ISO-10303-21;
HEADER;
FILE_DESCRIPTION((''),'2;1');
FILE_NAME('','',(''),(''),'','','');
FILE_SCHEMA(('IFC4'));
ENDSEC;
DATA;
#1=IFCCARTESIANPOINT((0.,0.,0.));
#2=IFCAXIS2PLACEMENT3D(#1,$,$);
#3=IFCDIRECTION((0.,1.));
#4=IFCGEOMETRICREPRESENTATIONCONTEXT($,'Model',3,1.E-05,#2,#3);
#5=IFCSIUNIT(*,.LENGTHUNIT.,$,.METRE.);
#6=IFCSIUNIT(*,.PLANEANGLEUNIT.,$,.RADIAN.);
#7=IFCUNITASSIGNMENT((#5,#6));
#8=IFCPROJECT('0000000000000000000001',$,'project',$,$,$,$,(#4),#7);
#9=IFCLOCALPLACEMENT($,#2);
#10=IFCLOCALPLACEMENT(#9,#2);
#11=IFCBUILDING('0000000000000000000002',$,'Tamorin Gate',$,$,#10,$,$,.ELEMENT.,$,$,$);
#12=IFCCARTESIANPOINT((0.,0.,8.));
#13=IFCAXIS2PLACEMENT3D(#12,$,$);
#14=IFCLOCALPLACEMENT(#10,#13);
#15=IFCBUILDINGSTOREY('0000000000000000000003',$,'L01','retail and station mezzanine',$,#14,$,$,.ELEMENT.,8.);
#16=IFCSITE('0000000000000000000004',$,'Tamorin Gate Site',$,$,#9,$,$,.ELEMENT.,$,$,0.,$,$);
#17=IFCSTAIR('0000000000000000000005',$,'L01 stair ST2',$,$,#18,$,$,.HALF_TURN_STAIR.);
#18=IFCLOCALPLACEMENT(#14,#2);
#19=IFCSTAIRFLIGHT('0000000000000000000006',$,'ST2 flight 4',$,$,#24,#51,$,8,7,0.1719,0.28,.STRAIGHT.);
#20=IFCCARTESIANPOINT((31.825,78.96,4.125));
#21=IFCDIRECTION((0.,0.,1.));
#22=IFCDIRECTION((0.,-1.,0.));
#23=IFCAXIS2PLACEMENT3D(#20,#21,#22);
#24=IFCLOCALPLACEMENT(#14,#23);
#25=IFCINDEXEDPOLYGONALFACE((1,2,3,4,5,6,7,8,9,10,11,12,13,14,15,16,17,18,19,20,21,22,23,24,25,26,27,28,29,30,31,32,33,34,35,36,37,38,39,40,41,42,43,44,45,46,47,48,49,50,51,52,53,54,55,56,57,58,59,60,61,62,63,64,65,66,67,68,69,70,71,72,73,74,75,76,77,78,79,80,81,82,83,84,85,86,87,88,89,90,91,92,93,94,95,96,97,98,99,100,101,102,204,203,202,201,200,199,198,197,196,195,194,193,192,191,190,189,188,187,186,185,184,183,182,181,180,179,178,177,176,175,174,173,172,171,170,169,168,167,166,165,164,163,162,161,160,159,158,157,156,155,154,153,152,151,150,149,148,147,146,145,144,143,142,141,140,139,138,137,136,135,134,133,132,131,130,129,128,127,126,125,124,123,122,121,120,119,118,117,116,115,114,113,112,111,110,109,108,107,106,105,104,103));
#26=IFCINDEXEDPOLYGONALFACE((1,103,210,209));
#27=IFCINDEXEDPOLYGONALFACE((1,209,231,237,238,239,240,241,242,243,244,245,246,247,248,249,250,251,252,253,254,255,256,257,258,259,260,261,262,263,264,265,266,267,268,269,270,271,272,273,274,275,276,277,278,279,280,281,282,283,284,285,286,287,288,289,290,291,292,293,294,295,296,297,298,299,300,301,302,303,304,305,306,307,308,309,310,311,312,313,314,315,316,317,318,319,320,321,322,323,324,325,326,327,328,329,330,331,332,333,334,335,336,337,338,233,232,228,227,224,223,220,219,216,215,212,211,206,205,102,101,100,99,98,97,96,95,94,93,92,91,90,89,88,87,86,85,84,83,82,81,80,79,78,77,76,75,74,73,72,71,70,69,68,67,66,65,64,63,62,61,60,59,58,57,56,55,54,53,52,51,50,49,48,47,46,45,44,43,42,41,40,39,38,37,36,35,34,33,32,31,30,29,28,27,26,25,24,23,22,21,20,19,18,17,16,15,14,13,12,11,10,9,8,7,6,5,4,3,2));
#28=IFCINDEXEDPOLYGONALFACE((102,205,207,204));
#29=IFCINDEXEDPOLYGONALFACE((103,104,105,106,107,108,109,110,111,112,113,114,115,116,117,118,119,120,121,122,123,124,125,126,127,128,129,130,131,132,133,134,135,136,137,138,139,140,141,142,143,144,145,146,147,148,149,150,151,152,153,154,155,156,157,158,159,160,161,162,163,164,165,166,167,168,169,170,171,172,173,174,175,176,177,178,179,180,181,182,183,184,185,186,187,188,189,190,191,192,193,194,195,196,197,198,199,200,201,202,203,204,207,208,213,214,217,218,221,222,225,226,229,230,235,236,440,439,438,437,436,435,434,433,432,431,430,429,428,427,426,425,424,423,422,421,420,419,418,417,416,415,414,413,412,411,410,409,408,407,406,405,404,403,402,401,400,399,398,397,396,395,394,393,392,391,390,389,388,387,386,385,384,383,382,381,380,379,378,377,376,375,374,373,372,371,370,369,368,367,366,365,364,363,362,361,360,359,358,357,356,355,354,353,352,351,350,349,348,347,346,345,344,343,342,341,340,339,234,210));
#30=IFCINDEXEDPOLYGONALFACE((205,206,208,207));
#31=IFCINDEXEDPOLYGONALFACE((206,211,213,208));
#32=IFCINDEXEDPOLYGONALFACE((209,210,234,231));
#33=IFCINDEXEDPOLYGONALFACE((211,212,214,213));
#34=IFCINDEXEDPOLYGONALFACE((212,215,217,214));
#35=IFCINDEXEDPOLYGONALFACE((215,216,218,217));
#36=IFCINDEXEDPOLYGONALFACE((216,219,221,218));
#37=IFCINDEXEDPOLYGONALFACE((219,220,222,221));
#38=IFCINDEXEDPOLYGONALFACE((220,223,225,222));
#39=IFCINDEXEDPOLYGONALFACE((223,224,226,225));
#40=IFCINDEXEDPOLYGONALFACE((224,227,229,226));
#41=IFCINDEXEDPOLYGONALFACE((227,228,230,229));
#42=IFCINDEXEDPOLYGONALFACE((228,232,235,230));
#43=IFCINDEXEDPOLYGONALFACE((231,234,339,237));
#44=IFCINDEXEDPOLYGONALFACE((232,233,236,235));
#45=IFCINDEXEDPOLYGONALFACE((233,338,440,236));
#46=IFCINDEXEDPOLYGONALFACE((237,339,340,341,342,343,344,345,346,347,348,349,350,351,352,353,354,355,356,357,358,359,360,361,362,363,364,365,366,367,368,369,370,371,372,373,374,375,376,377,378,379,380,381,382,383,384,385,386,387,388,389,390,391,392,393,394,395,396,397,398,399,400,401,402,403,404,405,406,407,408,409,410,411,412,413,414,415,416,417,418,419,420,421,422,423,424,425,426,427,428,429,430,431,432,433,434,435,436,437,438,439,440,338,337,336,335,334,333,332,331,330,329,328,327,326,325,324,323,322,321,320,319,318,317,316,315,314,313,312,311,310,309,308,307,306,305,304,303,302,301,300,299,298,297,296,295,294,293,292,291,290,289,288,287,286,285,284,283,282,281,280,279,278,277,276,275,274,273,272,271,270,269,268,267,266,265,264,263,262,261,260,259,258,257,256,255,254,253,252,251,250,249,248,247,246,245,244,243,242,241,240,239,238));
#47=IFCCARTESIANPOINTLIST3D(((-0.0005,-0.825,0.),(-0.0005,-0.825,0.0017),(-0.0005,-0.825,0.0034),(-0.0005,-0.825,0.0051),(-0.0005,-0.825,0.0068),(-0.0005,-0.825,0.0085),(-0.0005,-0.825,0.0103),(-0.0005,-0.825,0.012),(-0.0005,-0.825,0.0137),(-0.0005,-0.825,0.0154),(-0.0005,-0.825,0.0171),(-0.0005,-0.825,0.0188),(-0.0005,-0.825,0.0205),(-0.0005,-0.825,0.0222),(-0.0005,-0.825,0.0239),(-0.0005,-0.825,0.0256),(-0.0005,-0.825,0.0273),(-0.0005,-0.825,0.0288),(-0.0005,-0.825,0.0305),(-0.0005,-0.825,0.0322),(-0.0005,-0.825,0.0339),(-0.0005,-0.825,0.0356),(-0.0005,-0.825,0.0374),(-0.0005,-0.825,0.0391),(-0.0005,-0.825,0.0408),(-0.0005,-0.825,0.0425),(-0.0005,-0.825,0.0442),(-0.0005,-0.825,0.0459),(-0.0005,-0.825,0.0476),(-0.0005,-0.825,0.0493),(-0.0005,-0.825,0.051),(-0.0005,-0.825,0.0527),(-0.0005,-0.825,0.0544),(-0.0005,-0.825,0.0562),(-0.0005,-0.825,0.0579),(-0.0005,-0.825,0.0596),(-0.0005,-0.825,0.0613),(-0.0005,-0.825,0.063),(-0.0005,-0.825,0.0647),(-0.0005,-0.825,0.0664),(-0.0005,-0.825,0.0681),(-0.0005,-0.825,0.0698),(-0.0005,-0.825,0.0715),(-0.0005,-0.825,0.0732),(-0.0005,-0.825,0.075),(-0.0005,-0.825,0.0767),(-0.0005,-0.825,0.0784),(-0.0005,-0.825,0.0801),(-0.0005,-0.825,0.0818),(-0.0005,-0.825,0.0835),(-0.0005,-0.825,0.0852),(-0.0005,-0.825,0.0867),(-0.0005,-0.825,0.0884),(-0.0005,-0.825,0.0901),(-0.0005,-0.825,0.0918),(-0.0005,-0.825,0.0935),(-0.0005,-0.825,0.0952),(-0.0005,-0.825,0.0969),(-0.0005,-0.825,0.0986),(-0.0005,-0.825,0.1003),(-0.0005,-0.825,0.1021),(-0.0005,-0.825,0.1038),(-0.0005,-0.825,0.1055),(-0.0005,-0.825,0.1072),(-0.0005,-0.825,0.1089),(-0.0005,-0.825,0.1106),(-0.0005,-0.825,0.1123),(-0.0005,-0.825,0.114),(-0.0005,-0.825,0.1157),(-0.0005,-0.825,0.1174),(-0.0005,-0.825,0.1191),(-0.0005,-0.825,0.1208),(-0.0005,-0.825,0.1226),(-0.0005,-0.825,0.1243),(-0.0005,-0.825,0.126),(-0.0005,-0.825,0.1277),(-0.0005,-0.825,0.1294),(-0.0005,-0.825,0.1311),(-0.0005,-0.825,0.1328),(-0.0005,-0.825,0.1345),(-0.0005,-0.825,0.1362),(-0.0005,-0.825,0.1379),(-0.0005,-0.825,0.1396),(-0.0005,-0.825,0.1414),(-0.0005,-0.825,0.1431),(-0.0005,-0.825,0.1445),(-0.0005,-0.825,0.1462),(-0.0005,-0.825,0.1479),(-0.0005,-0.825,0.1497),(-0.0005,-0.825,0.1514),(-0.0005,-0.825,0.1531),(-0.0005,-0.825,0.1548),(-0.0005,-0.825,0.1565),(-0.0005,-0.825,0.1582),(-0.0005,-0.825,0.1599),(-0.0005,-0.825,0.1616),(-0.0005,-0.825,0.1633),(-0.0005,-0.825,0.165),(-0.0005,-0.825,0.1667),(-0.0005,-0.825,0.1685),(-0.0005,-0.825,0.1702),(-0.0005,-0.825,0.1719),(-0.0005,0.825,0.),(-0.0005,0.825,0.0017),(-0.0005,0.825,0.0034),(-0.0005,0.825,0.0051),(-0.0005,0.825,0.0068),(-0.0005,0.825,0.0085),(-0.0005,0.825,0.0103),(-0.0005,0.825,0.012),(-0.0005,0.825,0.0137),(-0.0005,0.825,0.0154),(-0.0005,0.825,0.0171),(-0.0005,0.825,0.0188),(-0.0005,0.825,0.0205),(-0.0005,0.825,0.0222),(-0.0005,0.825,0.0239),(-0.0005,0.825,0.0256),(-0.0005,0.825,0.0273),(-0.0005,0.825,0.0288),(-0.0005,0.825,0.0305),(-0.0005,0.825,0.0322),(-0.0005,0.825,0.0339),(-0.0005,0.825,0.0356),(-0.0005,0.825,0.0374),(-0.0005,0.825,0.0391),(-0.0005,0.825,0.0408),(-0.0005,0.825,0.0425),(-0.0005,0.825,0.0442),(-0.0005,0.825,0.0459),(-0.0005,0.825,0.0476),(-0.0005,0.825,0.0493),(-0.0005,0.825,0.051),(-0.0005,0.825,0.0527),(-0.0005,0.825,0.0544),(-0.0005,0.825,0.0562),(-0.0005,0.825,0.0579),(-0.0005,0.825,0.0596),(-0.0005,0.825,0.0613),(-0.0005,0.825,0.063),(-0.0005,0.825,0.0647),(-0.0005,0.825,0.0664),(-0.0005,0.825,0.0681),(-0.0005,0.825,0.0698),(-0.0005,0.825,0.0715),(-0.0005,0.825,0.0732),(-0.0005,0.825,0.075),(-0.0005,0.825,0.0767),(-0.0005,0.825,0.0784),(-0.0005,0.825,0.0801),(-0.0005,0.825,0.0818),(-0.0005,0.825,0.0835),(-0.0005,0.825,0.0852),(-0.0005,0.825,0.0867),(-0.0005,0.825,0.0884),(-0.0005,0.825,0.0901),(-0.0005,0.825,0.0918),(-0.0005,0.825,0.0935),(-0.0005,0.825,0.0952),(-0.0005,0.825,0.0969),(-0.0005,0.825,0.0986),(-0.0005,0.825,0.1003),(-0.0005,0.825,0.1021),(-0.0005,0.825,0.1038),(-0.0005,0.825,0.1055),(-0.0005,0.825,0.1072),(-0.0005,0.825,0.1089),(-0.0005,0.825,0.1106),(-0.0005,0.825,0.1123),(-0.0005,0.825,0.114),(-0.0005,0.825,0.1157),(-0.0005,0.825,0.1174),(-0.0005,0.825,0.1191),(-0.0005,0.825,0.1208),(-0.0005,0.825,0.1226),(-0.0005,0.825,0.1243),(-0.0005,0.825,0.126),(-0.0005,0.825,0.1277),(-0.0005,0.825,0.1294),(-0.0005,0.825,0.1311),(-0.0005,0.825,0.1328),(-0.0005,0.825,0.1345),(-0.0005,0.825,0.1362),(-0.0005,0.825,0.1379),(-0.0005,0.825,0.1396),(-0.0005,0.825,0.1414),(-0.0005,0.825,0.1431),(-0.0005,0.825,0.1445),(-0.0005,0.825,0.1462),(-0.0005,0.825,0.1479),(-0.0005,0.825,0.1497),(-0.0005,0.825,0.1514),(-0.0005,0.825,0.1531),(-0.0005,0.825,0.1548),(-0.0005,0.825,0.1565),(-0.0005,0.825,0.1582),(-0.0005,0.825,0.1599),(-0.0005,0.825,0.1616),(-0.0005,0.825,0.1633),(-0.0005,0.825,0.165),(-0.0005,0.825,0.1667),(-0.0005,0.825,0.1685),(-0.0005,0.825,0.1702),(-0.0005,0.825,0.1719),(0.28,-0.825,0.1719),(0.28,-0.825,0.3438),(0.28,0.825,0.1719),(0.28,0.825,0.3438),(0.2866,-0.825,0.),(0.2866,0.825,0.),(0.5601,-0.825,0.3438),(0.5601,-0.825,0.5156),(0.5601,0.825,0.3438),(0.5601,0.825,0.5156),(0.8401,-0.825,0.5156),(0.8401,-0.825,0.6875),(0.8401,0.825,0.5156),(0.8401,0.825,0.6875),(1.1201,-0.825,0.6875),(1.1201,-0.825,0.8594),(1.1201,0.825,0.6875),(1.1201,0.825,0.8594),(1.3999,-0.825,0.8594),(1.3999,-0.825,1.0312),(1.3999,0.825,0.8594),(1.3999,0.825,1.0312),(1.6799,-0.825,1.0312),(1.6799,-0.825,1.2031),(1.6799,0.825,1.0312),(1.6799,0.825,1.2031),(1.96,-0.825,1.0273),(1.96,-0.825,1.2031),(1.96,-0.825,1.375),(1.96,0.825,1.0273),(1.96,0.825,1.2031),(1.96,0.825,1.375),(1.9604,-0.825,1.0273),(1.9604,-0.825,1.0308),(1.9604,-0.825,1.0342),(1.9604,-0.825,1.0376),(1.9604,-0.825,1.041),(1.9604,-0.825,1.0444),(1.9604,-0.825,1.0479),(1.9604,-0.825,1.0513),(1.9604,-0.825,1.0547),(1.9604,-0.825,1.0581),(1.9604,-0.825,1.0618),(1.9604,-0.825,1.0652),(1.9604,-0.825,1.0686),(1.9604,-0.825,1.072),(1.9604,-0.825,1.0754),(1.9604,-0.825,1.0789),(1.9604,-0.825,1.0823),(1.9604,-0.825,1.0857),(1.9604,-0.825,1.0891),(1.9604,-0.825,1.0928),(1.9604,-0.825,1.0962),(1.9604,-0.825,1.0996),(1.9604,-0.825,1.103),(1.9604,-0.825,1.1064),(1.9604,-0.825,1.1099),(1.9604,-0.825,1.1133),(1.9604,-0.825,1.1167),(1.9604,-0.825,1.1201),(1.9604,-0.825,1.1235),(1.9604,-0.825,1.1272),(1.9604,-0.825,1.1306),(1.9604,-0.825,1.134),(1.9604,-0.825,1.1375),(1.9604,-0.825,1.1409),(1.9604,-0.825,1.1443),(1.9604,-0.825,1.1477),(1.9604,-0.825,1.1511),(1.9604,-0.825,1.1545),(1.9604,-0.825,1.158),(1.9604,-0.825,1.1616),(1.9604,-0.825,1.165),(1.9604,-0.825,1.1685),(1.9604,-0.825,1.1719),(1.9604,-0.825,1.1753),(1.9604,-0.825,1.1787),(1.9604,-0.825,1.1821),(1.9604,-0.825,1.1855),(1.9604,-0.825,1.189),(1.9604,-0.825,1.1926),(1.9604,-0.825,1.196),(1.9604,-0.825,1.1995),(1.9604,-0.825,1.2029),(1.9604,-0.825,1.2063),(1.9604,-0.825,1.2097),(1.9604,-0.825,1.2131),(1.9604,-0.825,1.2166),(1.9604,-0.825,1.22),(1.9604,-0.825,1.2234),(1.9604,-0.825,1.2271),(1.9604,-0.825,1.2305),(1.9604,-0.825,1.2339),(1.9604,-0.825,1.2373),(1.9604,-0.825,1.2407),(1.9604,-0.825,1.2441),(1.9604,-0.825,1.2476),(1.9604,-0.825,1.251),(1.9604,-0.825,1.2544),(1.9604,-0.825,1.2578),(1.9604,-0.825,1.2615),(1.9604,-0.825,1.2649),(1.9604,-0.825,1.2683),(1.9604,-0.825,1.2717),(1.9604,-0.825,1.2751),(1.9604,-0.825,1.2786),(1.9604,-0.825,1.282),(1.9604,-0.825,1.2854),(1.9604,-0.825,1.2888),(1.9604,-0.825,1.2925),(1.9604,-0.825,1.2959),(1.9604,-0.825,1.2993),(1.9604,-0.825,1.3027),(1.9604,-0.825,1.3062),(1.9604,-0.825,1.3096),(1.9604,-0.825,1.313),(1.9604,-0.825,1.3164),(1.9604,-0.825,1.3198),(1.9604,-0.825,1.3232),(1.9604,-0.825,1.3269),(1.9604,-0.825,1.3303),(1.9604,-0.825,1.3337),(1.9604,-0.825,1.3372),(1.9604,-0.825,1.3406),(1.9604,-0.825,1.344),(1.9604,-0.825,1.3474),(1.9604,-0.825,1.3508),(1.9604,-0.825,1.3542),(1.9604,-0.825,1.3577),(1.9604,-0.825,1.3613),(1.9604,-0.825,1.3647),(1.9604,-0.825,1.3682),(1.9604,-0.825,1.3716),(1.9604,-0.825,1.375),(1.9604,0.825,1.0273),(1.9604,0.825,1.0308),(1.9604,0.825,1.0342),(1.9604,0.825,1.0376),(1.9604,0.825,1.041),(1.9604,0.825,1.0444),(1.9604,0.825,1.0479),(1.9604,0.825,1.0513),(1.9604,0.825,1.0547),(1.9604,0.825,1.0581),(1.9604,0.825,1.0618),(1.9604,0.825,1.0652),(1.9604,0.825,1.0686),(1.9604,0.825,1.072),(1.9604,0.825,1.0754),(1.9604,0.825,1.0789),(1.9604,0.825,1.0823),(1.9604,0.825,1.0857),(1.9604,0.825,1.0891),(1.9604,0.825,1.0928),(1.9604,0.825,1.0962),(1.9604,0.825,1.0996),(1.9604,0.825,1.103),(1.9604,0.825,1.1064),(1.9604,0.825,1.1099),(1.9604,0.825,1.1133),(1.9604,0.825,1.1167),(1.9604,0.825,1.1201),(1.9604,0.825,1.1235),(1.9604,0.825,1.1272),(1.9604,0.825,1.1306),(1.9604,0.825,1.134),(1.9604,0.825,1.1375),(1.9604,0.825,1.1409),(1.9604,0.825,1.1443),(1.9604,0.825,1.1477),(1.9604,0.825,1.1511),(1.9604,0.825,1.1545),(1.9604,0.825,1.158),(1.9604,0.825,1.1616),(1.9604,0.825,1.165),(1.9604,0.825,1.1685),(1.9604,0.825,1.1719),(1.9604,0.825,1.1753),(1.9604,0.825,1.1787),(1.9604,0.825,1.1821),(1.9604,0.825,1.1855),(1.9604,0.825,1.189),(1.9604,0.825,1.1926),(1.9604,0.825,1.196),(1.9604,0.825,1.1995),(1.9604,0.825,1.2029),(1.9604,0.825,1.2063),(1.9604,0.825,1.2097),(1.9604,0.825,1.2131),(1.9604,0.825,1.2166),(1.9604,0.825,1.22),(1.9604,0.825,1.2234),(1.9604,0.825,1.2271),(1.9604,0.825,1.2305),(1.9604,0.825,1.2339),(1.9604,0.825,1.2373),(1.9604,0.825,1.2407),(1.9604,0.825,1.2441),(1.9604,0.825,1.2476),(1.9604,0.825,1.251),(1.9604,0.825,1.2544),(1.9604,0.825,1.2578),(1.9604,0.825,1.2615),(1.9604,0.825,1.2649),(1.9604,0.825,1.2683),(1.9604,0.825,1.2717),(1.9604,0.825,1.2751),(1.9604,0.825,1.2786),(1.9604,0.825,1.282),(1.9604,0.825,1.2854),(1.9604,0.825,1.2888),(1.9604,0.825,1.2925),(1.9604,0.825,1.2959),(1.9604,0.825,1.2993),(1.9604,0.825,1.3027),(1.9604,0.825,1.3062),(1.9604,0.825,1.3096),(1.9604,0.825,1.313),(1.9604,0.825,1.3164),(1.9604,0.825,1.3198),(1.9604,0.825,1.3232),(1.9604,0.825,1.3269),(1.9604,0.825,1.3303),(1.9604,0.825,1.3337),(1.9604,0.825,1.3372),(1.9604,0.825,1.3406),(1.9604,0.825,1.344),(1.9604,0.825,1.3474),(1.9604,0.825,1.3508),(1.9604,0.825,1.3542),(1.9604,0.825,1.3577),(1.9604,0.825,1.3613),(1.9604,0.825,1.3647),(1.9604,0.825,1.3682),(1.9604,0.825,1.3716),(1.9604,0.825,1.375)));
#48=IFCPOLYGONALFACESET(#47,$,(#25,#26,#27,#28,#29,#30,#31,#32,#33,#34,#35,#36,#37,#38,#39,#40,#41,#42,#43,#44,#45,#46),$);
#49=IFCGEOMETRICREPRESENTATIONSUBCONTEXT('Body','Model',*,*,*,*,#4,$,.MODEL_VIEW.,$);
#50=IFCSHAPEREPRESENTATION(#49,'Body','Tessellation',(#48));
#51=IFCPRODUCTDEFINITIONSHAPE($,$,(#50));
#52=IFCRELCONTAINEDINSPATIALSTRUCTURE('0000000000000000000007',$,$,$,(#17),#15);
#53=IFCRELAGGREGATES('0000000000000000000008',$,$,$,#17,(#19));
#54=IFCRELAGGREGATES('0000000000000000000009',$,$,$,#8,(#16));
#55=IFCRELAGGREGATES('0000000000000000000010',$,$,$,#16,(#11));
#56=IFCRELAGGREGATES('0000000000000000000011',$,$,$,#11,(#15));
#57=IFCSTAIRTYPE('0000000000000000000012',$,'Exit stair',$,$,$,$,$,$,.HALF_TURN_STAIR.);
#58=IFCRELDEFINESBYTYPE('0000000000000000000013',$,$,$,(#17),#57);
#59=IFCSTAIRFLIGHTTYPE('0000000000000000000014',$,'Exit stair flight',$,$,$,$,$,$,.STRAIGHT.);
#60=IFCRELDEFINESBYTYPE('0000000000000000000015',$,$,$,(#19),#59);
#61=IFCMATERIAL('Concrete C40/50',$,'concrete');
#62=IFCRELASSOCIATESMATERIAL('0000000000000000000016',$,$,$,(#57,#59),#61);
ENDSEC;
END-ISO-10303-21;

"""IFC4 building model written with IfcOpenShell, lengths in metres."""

from ifc_helpers import new_model, si_unit, direction, frame, origin, place, context, subcontext, project, spatial, polyline, outline, extrude, material, type_object, element, aggregate, save


model = new_model("IFC4")

# Units and contexts
model_context = context("Model", 3, precision=1e-05, world=origin(), true_north=direction((0.0, 1.0)))
body_context = subcontext(model_context, "Body", "Model", "MODEL_VIEW")
ifc_project = project(units=[si_unit("LENGTHUNIT", "METRE"), si_unit("PLANEANGLEUNIT", "RADIAN")], contexts=[model_context])

# Site, building, storey
site_placement = place(None, origin())
site = spatial("IfcSite", under=ifc_project, at=site_placement, Name="Tamorin Gate Site", CompositionType="ELEMENT", RefElevation=0.0)
building_placement = place(site_placement, origin())
building = spatial("IfcBuilding", under=site, at=building_placement, Name="Tamorin Gate", CompositionType="ELEMENT")
storey_placement = place(building_placement, frame((0.0, 0.0, 8.0)))
storey = spatial("IfcBuildingStorey", under=building, at=storey_placement, Name="L01", Description="retail and station mezzanine", CompositionType="ELEMENT", Elevation=8.0)

# Stair, stair flight
ifc_material_1 = material(Name="Concrete C40/50", Category="concrete")
stair_type = type_object("IfcStairType", Name="Exit stair", PredefinedType="HALF_TURN_STAIR", material=ifc_material_1)
stair_placement = place(storey_placement, origin())
stair = element("IfcStair", 1, at=stair_placement, inside=storey, type_object=stair_type, Name="L01 stair ST2", PredefinedType="HALF_TURN_STAIR")
stair_flight_type = type_object("IfcStairFlightType", Name="Exit stair flight", PredefinedType="STRAIGHT", material=ifc_material_1)
stair_flight_1_placement = place(storey_placement, frame((31.825, 78.96, 4.125), z_axis=(0.0, 0.0, 1.0), x_axis=(0.0, -1.0, 0.0)))
stair_flight_1 = element("IfcStairFlight", 2, at=stair_flight_1_placement, type_object=stair_flight_type, Name="ST2 flight 4", NumberOfRisers=8, NumberOfTreads=7, PredefinedType="STRAIGHT", RiserHeight=0.1719, TreadLength=0.28, context=body_context, shape_type="SweptSolid", body=[
    extrude(outline(polyline([(-0.0005, 0.0), (-0.0005, 0.0017), (-0.0005, 0.0034), (-0.0005, 0.0051), (-0.0005, 0.0068), (-0.0005, 0.0085), (-0.0005, 0.0103), (-0.0005, 0.012), (-0.0005, 0.0137), (-0.0005, 0.0154), (-0.0005, 0.0171), (-0.0005, 0.0188), (-0.0005, 0.0205), (-0.0005, 0.0222), (-0.0005, 0.0239), (-0.0005, 0.0256), (-0.0005, 0.0273), (-0.0005, 0.0288), (-0.0005, 0.0305), (-0.0005, 0.0322), (-0.0005, 0.0339), (-0.0005, 0.0356), (-0.0005, 0.0374), (-0.0005, 0.0391), (-0.0005, 0.0408), (-0.0005, 0.0425), (-0.0005, 0.0442), (-0.0005, 0.0459), (-0.0005, 0.0476), (-0.0005, 0.0493), (-0.0005, 0.051), (-0.0005, 0.0527), (-0.0005, 0.0544), (-0.0005, 0.0562), (-0.0005, 0.0579), (-0.0005, 0.0596), (-0.0005, 0.0613), (-0.0005, 0.063), (-0.0005, 0.0647), (-0.0005, 0.0664), (-0.0005, 0.0681), (-0.0005, 0.0698), (-0.0005, 0.0715), (-0.0005, 0.0732), (-0.0005, 0.075), (-0.0005, 0.0767), (-0.0005, 0.0784), (-0.0005, 0.0801), (-0.0005, 0.0818), (-0.0005, 0.0835), (-0.0005, 0.0852), (-0.0005, 0.0867), (-0.0005, 0.0884), (-0.0005, 0.0901), (-0.0005, 0.0918), (-0.0005, 0.0935), (-0.0005, 0.0952), (-0.0005, 0.0969), (-0.0005, 0.0986), (-0.0005, 0.1003), (-0.0005, 0.1021), (-0.0005, 0.1038), (-0.0005, 0.1055), (-0.0005, 0.1072), (-0.0005, 0.1089), (-0.0005, 0.1106), (-0.0005, 0.1123), (-0.0005, 0.114), (-0.0005, 0.1157), (-0.0005, 0.1174), (-0.0005, 0.1191), (-0.0005, 0.1208), (-0.0005, 0.1226), (-0.0005, 0.1243), (-0.0005, 0.126), (-0.0005, 0.1277), (-0.0005, 0.1294), (-0.0005, 0.1311), (-0.0005, 0.1328), (-0.0005, 0.1345), (-0.0005, 0.1362), (-0.0005, 0.1379), (-0.0005, 0.1396), (-0.0005, 0.1414), (-0.0005, 0.1431), (-0.0005, 0.1445), (-0.0005, 0.1462), (-0.0005, 0.1479), (-0.0005, 0.1497), (-0.0005, 0.1514), (-0.0005, 0.1531), (-0.0005, 0.1548), (-0.0005, 0.1565), (-0.0005, 0.1582), (-0.0005, 0.1599), (-0.0005, 0.1616), (-0.0005, 0.1633), (-0.0005, 0.165), (-0.0005, 0.1667), (-0.0005, 0.1685), (-0.0005, 0.1702), (-0.0005, 0.1719), (0.28, 0.1719), (0.28, 0.3438), (0.5601, 0.3438), (0.5601, 0.5156), (0.8401, 0.5156), (0.8401, 0.6875), (1.1201, 0.6875), (1.1201, 0.8594), (1.3999, 0.8594), (1.3999, 1.0312), (1.6799, 1.0312), (1.6799, 1.2031), (1.96, 1.2031), (1.96, 1.375), (1.9604, 1.375), (1.9604, 1.3716), (1.9604, 1.3682), (1.9604, 1.3647), (1.9604, 1.3613), (1.9604, 1.3577), (1.9604, 1.3542), (1.9604, 1.3508), (1.9604, 1.3474), (1.9604, 1.344), (1.9604, 1.3406), (1.9604, 1.3372), (1.9604, 1.3337), (1.9604, 1.3303), (1.9604, 1.3269), (1.9604, 1.3232), (1.9604, 1.3198), (1.9604, 1.3164), (1.9604, 1.313), (1.9604, 1.3096), (1.9604, 1.3062), (1.9604, 1.3027), (1.9604, 1.2993), (1.9604, 1.2959), (1.9604, 1.2925), (1.9604, 1.2888), (1.9604, 1.2854), (1.9604, 1.282), (1.9604, 1.2786), (1.9604, 1.2751), (1.9604, 1.2717), (1.9604, 1.2683), (1.9604, 1.2649), (1.9604, 1.2615), (1.9604, 1.2578), (1.9604, 1.2544), (1.9604, 1.251), (1.9604, 1.2476), (1.9604, 1.2441), (1.9604, 1.2407), (1.9604, 1.2373), (1.9604, 1.2339), (1.9604, 1.2305), (1.9604, 1.2271), (1.9604, 1.2234), (1.9604, 1.22), (1.9604, 1.2166), (1.9604, 1.2131), (1.9604, 1.2097), (1.9604, 1.2063), (1.9604, 1.2029), (1.9604, 1.1995), (1.9604, 1.196), (1.9604, 1.1926), (1.9604, 1.189), (1.9604, 1.1855), (1.9604, 1.1821), (1.9604, 1.1787), (1.9604, 1.1753), (1.9604, 1.1719), (1.9604, 1.1685), (1.9604, 1.165), (1.9604, 1.1616), (1.9604, 1.158), (1.9604, 1.1545), (1.9604, 1.1511), (1.9604, 1.1477), (1.9604, 1.1443), (1.9604, 1.1409), (1.9604, 1.1375), (1.9604, 1.134), (1.9604, 1.1306), (1.9604, 1.1272), (1.9604, 1.1235), (1.9604, 1.1201), (1.9604, 1.1167), (1.9604, 1.1133), (1.9604, 1.1099), (1.9604, 1.1064), (1.9604, 1.103), (1.9604, 1.0996), (1.9604, 1.0962), (1.9604, 1.0928), (1.9604, 1.0891), (1.9604, 1.0857), (1.9604, 1.0823), (1.9604, 1.0789), (1.9604, 1.0754), (1.9604, 1.072), (1.9604, 1.0686), (1.9604, 1.0652), (1.9604, 1.0618), (1.9604, 1.0581), (1.9604, 1.0547), (1.9604, 1.0513), (1.9604, 1.0479), (1.9604, 1.0444), (1.9604, 1.041), (1.9604, 1.0376), (1.9604, 1.0342), (1.9604, 1.0308), (1.9604, 1.0273), (1.96, 1.0273), (0.2866, 0.0), (-0.0005, 0.0)])), frame((0.0, 0.825, 0.0), z_axis=(0.0, -1.0, 0.0), x_axis=(1.0, 0.0, 0.0)), (0.0, 0.0, 1.0), 1.6499),
])
aggregate(stair, [stair_flight_1])

save(model, "model.ifc")
